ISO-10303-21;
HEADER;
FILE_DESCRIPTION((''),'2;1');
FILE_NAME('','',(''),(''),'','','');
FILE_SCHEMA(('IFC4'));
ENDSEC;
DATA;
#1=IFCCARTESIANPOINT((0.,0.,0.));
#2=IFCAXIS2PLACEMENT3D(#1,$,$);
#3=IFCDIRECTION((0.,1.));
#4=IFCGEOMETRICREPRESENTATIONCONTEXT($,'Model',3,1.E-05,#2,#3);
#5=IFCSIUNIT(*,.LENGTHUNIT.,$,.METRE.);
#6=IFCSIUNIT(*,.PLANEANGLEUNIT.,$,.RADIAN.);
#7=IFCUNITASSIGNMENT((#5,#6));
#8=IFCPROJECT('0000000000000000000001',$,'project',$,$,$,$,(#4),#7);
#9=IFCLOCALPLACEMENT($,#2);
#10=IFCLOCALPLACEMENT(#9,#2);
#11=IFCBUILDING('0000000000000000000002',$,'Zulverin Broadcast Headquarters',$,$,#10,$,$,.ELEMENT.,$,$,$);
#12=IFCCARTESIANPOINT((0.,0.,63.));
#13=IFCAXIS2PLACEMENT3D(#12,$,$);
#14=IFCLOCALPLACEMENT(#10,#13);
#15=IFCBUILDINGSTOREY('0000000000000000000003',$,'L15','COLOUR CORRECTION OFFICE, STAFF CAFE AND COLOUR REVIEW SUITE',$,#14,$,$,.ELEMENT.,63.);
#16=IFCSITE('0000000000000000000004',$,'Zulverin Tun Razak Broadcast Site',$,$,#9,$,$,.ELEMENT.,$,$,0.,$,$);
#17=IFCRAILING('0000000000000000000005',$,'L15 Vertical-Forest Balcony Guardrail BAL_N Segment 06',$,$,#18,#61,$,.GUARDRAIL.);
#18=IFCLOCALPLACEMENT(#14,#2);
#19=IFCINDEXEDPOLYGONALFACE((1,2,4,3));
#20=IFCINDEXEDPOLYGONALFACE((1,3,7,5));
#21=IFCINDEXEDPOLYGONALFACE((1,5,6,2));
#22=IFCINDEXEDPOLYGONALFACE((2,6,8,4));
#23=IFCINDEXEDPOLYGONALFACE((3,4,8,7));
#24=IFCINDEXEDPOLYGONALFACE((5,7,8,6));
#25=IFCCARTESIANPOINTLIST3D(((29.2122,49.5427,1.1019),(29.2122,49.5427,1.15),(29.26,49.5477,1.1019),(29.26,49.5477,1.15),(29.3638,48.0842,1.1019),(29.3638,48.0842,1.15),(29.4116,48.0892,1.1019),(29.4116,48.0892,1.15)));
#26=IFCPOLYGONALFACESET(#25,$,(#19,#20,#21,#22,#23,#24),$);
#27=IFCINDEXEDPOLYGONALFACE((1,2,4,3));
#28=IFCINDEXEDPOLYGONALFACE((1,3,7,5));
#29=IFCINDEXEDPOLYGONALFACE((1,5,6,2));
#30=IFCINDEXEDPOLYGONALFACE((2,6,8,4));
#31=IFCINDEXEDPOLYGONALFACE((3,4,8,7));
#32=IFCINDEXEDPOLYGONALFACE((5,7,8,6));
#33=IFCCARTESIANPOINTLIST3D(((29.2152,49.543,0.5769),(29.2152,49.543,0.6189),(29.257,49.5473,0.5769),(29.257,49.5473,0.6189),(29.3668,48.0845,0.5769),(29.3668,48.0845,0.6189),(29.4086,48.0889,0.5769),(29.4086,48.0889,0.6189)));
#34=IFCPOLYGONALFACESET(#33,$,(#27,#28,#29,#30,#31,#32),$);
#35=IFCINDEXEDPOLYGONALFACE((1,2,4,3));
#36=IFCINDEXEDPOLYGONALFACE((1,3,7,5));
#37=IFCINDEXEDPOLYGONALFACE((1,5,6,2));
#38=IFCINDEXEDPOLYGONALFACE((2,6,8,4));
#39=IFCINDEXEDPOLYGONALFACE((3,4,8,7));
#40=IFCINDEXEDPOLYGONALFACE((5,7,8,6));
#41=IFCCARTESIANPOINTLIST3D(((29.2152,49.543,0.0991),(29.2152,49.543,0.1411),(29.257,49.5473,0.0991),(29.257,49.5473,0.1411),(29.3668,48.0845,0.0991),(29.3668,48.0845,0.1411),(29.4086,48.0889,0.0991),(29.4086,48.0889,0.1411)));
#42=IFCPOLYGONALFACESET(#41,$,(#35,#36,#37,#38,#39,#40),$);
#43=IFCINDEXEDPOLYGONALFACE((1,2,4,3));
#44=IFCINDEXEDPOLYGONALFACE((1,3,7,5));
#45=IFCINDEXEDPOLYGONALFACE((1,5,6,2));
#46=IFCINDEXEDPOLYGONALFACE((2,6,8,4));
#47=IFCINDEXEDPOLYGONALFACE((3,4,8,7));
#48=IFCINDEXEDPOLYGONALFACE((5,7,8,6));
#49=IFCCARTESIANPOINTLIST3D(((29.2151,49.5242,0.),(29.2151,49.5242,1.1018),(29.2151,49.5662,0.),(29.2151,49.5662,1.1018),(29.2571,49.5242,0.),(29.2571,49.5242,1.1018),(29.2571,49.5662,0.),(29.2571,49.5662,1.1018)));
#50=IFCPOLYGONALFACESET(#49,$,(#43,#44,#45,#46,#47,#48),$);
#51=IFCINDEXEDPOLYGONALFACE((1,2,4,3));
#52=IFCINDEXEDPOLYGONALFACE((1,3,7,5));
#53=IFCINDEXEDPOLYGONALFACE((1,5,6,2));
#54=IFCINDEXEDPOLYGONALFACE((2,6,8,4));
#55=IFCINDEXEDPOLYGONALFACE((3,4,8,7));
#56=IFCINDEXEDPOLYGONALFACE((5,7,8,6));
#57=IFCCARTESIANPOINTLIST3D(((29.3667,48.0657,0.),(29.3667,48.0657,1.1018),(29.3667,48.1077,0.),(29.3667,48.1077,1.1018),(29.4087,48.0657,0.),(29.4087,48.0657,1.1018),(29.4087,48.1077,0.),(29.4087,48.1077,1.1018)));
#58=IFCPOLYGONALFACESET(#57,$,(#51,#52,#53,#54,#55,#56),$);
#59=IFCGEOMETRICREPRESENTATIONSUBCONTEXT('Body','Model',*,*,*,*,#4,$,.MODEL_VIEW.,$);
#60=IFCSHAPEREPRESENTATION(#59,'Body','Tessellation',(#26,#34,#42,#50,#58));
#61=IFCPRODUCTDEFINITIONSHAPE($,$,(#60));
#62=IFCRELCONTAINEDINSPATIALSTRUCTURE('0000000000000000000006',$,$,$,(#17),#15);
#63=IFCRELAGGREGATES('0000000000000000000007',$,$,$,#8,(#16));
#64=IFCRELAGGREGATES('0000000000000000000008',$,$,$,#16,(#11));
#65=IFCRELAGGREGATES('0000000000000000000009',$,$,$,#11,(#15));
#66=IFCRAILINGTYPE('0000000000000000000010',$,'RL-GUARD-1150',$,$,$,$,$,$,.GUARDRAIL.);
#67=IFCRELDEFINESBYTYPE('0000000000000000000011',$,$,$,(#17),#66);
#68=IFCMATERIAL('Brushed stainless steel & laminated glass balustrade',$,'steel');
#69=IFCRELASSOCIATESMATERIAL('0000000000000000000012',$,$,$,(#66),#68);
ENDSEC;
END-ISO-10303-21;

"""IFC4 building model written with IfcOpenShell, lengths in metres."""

from ifc_helpers import new_model, si_unit, direction, frame, origin, origin_2d, place, context, subcontext, project, spatial, rectangle, extrude, material, type_object, element, save


model = new_model("IFC4")

# Units and contexts
model_context = context("Model", 3, precision=1e-05, world=origin(), true_north=direction((0.0, 1.0)))
body_context = subcontext(model_context, "Body", "Model", "MODEL_VIEW")
ifc_project = project(units=[si_unit("LENGTHUNIT", "METRE"), si_unit("PLANEANGLEUNIT", "RADIAN")], contexts=[model_context])

# Site, building, storey
site_placement = place(None, origin())
site = spatial("IfcSite", under=ifc_project, at=site_placement, Name="Zulverin Tun Razak Broadcast Site", CompositionType="ELEMENT", RefElevation=0.0)
building_placement = place(site_placement, origin())
building = spatial("IfcBuilding", under=site, at=building_placement, Name="Zulverin Broadcast Headquarters", CompositionType="ELEMENT")
storey_placement = place(building_placement, frame((0.0, 0.0, 63.0)))
storey = spatial("IfcBuildingStorey", under=building, at=storey_placement, Name="L15", Description="COLOUR CORRECTION OFFICE, STAFF CAFE AND COLOUR REVIEW SUITE", CompositionType="ELEMENT", Elevation=63.0)

# Railing
ifc_material_1 = material(Name="Brushed stainless steel & laminated glass balustrade", Category="steel")
railing_type = type_object("IfcRailingType", Name="RL-GUARD-1150", PredefinedType="GUARDRAIL", material=ifc_material_1)
railing_1_placement = place(storey_placement, frame((29.2361, 49.5452, 0.0)))
element("IfcRailing", 1, at=railing_1_placement, inside=storey, type_object=railing_type, Name="L15 Vertical-Forest Balcony Guardrail BAL_N Segment 06", PredefinedType="GUARDRAIL", context=body_context, shape_type="SweptSolid", body=[
    extrude(rectangle(XDim=0.0481, YDim=0.0481, at=origin_2d()), frame((0.0, 0.0, 1.126), z_axis=(0.103393, -0.994641, 0.0), x_axis=(0.994641, 0.103393, 0.0)), (0.0, 0.0, 1.0), 1.4663),
    extrude(rectangle(XDim=0.042, YDim=0.042, at=origin_2d()), frame((0.0, 0.0, 0.5979), z_axis=(0.103393, -0.994641, 0.0), x_axis=(0.994641, 0.103393, 0.0)), (0.0, 0.0, 1.0), 1.4663),
    extrude(rectangle(XDim=0.042, YDim=0.042, at=origin_2d()), frame((0.0, 0.0, 0.1201), z_axis=(0.103393, -0.994641, 0.0), x_axis=(0.994641, 0.103393, 0.0)), (0.0, 0.0, 1.0), 1.4663),
    extrude(rectangle(XDim=0.042, YDim=0.042, at=origin_2d()), origin(), (0.0, 0.0, 1.0), 1.1018),
    extrude(rectangle(XDim=0.042, YDim=0.042, at=origin_2d()), frame((0.1516, -1.4585, 0.0)), (0.0, 0.0, 1.0), 1.1018),
])

save(model, "model.ifc")
